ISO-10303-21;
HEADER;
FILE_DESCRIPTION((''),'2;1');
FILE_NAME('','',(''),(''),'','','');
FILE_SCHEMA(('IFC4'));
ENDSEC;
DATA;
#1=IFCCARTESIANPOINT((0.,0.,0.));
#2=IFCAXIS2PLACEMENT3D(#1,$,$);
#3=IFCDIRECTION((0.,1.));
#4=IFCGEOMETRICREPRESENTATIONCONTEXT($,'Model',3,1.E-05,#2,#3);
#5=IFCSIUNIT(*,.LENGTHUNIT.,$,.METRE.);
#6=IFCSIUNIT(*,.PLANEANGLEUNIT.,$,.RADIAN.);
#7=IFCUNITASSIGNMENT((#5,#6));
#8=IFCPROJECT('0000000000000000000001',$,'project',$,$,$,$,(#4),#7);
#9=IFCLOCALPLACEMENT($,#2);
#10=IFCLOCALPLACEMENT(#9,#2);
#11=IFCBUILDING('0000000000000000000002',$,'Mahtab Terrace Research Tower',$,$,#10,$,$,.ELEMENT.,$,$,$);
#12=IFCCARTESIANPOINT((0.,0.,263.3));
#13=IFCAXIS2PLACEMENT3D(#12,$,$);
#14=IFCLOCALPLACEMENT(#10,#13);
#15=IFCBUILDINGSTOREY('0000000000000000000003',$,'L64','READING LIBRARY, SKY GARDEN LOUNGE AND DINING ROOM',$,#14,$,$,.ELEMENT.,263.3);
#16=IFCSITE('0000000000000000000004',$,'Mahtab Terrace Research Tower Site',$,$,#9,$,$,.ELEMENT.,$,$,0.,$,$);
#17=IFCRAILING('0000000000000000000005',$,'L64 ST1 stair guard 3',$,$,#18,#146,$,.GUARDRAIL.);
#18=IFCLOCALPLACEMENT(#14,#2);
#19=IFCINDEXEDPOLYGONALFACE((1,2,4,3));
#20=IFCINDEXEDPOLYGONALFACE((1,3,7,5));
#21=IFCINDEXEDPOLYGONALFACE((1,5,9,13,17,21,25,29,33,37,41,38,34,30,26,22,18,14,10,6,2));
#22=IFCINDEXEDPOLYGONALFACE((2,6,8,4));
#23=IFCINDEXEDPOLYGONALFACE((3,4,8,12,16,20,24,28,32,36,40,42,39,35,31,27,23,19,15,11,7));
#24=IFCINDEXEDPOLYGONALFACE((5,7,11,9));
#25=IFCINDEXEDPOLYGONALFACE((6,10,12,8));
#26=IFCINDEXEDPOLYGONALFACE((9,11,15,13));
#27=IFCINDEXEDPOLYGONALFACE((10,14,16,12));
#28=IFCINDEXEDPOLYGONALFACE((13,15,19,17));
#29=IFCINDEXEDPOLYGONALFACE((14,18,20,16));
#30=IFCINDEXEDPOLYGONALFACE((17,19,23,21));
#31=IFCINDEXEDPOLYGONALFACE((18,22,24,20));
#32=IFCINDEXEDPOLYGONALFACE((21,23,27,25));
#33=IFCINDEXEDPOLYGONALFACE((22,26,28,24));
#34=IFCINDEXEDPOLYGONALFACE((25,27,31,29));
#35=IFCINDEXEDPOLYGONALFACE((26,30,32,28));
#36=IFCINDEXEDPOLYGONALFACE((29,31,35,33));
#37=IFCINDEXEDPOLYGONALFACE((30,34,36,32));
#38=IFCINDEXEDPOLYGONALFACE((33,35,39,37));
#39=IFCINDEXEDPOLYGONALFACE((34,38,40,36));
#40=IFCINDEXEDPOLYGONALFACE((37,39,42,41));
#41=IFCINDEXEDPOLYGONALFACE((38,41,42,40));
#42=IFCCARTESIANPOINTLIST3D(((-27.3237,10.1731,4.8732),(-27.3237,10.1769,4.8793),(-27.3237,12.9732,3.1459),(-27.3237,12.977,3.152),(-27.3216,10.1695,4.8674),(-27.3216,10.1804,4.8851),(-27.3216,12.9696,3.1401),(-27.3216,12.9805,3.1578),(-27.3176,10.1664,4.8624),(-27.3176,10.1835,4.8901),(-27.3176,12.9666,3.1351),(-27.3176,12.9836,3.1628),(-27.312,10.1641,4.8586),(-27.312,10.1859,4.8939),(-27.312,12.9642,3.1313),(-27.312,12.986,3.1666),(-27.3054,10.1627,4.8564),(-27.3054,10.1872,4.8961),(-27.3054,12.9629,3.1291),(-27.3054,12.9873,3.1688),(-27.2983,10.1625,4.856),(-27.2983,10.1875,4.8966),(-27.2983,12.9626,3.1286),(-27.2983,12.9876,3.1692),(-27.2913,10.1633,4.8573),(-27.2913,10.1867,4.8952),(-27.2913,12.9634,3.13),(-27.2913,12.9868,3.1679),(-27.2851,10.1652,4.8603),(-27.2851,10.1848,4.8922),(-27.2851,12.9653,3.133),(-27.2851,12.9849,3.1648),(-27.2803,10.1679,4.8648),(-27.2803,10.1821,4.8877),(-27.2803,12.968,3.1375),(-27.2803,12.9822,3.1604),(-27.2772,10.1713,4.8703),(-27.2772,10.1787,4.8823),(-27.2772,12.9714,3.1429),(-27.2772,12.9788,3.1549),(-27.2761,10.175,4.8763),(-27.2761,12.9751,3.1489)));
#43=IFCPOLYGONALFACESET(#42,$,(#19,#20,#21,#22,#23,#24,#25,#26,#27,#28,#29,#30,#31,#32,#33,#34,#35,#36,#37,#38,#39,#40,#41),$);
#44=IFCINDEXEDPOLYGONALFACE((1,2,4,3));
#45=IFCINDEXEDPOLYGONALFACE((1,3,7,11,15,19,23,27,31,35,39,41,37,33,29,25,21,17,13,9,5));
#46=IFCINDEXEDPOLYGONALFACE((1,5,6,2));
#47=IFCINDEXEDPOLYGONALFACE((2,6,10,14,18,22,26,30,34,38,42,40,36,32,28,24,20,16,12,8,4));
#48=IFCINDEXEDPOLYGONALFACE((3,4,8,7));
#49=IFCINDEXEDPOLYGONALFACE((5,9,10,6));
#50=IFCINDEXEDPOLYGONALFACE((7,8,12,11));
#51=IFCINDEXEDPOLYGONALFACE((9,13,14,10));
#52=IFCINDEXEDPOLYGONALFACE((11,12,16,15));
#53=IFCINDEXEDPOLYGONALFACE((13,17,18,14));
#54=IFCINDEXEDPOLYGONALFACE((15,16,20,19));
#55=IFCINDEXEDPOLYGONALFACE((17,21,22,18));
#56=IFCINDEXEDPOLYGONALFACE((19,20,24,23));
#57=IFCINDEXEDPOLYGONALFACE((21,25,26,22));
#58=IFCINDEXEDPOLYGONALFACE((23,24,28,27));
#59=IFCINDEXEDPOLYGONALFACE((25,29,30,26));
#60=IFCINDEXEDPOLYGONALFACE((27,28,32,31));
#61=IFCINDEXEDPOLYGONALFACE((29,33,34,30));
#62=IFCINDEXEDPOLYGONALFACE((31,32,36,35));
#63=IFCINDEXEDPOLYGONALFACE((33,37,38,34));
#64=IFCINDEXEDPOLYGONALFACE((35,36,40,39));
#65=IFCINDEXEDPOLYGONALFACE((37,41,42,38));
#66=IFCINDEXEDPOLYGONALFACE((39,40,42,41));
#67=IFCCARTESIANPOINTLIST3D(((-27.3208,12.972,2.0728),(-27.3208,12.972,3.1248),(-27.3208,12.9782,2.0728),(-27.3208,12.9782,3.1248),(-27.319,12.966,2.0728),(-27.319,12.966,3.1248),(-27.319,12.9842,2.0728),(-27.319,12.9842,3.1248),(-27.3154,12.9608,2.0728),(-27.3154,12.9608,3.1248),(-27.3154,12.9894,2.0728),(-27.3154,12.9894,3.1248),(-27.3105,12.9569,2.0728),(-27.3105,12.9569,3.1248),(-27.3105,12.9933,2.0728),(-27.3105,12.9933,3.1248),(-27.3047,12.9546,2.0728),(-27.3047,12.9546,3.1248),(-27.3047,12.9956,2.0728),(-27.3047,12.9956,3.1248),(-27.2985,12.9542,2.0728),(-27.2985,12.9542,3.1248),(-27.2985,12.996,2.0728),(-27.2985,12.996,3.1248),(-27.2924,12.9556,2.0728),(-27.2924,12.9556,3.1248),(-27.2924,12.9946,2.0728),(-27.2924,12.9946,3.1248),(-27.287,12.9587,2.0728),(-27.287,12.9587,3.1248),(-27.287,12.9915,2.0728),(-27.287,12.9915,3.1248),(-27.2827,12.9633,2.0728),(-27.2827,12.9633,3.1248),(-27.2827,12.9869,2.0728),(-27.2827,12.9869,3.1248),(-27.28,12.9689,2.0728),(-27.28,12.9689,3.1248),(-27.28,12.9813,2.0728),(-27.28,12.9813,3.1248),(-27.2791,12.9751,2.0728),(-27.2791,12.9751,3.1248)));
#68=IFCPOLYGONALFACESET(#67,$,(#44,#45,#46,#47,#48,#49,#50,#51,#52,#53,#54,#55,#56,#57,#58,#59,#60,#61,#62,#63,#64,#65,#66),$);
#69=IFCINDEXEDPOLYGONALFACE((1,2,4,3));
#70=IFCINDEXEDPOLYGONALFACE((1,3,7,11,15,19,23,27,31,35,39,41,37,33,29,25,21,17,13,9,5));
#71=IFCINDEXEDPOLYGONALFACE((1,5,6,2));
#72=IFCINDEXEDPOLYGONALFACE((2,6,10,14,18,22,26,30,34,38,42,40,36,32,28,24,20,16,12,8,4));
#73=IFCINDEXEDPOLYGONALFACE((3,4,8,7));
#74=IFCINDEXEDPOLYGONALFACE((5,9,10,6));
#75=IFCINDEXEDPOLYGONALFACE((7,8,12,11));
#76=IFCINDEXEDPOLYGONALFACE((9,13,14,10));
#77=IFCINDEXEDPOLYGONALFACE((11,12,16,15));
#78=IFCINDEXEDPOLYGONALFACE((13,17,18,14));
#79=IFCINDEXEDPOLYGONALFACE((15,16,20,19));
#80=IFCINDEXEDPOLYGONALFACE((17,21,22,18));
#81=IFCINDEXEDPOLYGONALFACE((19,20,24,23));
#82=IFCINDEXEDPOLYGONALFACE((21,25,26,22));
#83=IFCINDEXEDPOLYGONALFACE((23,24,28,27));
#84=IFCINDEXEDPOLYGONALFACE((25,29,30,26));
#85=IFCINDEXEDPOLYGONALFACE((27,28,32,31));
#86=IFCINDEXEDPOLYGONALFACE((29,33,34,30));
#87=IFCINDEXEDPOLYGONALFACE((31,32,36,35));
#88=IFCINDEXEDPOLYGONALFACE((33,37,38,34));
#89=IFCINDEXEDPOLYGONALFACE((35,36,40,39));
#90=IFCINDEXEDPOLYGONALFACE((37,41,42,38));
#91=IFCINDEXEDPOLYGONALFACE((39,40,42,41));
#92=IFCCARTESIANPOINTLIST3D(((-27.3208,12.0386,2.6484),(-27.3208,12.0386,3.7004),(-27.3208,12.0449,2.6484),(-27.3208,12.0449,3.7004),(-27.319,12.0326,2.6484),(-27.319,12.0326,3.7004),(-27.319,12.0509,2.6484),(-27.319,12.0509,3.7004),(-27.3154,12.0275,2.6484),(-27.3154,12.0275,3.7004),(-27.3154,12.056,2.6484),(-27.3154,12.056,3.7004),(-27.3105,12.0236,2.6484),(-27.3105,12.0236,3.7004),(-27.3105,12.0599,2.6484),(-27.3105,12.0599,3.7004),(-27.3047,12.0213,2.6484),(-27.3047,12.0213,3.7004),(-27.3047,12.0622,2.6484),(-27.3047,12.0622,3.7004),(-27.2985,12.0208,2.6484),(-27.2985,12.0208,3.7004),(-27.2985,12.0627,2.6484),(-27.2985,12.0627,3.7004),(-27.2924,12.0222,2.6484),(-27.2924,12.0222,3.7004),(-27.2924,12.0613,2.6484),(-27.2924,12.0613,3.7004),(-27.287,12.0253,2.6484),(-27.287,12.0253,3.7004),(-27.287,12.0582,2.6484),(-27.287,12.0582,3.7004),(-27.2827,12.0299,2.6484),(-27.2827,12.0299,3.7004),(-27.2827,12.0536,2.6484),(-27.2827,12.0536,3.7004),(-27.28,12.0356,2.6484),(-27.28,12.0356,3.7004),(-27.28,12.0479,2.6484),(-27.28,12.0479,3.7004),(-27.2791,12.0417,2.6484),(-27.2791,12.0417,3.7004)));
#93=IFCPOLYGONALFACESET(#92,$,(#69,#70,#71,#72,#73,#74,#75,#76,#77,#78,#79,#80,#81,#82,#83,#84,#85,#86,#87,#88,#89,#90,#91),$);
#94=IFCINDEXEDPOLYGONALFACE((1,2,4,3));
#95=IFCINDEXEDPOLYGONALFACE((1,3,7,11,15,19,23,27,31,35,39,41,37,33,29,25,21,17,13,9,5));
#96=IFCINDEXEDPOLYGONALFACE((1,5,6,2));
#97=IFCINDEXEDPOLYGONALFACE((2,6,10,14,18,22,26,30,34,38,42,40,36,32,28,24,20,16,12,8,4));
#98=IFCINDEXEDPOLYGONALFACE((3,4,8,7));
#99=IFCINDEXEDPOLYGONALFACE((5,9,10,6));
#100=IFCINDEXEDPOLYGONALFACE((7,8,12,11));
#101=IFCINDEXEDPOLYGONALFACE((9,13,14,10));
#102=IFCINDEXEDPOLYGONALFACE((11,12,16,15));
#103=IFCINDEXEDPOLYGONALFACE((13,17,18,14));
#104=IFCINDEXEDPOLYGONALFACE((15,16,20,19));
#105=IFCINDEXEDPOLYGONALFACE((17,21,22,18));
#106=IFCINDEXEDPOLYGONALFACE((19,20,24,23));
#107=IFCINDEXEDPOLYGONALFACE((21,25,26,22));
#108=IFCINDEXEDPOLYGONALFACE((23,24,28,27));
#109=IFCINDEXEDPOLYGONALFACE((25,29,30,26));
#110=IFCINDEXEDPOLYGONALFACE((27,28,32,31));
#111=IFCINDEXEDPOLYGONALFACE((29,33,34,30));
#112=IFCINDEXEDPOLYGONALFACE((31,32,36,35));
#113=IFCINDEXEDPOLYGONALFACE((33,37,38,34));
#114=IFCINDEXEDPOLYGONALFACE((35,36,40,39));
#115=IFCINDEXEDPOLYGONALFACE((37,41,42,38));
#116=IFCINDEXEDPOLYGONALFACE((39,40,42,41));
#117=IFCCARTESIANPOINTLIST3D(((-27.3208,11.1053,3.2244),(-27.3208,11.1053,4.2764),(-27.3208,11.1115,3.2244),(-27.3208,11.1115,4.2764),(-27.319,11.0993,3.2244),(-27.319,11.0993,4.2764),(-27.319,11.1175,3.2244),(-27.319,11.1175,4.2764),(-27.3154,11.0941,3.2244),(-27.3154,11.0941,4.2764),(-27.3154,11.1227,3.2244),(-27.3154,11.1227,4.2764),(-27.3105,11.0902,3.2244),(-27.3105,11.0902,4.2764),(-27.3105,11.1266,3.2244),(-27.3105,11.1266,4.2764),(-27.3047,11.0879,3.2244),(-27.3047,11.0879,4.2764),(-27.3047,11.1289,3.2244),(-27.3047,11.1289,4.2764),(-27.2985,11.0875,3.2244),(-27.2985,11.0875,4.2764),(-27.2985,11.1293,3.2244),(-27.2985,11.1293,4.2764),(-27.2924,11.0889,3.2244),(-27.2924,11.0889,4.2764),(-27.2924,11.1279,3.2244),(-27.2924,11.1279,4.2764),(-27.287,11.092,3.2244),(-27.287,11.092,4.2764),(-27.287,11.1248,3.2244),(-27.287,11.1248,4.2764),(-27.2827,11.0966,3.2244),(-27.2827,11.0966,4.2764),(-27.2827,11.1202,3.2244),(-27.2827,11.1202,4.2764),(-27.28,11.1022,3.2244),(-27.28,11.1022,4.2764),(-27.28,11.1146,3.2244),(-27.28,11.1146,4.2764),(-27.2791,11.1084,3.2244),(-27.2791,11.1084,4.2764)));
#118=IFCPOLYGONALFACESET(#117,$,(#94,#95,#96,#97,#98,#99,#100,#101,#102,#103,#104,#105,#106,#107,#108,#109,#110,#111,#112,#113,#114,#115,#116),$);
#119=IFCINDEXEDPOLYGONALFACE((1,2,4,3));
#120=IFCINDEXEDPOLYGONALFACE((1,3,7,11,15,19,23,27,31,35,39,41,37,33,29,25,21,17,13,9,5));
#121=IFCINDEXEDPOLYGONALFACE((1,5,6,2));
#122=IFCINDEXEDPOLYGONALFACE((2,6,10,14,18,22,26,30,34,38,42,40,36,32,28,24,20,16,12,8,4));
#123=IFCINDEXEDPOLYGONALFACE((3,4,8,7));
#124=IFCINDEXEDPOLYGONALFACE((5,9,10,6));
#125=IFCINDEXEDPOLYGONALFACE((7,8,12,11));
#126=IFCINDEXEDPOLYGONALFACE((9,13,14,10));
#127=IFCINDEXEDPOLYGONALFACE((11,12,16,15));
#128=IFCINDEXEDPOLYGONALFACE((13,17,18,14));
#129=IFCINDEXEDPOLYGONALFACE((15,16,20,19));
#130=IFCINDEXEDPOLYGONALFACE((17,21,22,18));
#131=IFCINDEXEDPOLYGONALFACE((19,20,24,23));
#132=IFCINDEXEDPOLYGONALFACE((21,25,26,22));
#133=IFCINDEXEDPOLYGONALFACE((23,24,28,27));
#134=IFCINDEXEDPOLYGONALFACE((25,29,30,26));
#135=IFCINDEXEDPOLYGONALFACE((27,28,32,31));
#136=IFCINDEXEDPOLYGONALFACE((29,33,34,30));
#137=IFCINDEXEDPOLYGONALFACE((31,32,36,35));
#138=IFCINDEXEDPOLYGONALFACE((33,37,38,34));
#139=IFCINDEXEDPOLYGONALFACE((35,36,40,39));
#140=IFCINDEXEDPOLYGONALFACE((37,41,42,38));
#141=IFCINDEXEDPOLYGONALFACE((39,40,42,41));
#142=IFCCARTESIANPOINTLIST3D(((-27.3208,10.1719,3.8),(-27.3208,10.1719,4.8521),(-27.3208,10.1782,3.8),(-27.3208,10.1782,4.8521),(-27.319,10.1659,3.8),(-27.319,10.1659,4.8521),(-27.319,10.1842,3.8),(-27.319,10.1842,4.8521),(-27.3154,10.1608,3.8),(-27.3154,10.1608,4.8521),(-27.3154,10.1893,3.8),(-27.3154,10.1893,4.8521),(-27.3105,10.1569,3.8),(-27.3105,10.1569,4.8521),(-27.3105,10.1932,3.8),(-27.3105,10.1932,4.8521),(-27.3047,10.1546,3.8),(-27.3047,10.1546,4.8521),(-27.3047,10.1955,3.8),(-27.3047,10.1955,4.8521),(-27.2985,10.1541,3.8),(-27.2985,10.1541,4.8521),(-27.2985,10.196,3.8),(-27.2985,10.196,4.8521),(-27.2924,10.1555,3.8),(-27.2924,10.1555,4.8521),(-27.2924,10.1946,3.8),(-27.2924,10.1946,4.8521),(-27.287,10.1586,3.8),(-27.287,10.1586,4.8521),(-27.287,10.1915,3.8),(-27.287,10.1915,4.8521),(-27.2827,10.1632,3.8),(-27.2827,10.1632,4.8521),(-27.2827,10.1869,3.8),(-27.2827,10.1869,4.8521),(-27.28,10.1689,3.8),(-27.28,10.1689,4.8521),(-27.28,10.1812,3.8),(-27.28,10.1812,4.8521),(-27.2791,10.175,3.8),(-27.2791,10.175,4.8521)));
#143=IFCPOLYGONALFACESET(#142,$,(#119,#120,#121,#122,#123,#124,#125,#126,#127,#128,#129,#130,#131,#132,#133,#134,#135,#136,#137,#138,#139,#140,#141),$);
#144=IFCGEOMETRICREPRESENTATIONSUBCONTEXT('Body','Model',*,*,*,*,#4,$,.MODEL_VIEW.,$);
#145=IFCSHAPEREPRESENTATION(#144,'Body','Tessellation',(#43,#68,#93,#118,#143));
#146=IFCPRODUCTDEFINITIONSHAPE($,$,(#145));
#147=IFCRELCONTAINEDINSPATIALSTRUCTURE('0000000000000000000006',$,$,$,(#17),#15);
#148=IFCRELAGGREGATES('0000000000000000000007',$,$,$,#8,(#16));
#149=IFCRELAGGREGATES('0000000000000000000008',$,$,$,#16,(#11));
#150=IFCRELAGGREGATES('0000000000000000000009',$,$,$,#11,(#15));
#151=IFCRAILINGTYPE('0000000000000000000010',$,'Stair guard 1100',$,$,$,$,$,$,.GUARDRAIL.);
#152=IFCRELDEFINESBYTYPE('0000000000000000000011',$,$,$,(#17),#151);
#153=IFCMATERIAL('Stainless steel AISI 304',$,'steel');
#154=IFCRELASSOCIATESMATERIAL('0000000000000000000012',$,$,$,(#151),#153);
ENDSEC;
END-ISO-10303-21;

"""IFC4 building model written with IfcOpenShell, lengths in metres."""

from ifc_helpers import new_model, si_unit, direction, frame, origin, origin_2d, place, context, subcontext, project, spatial, circle, extrude, material, type_object, element, save


model = new_model("IFC4")

# Units and contexts
model_context = context("Model", 3, precision=1e-05, world=origin(), true_north=direction((0.0, 1.0)))
body_context = subcontext(model_context, "Body", "Model", "MODEL_VIEW")
ifc_project = project(units=[si_unit("LENGTHUNIT", "METRE"), si_unit("PLANEANGLEUNIT", "RADIAN")], contexts=[model_context])

# Site, building, storey
site_placement = place(None, origin())
site = spatial("IfcSite", under=ifc_project, at=site_placement, Name="Mahtab Terrace Research Tower Site", CompositionType="ELEMENT", RefElevation=0.0)
building_placement = place(site_placement, origin())
building = spatial("IfcBuilding", under=site, at=building_placement, Name="Mahtab Terrace Research Tower", CompositionType="ELEMENT")
storey_placement = place(building_placement, frame((0.0, 0.0, 263.3)))
storey = spatial("IfcBuildingStorey", under=building, at=storey_placement, Name="L64", Description="READING LIBRARY, SKY GARDEN LOUNGE AND DINING ROOM", CompositionType="ELEMENT", Elevation=263.3)

# Railing
ifc_material_1 = material(Name="Stainless steel AISI 304", Category="steel")
railing_type_1 = type_object("IfcRailingType", Name="Stair guard 1100", PredefinedType="GUARDRAIL", material=ifc_material_1)
railing_1_placement = place(storey_placement, frame((-27.3, 12.9751, 2.0728)))
element("IfcRailing", 1, at=railing_1_placement, inside=storey, type_object=railing_type_1, Name="L64 ST1 stair guard 3", PredefinedType="GUARDRAIL", context=body_context, shape_type="SweptSolid", body=[
    extrude(circle(Radius=0.0239, at=origin_2d()), frame((0.0, 0.0, 1.0762), z_axis=(0.0, -0.85109, 0.52502), x_axis=(1.0, 0.0, 0.0)), (0.0, 0.0, 1.0), 3.29),
    extrude(circle(Radius=0.021, at=origin_2d()), origin(), (0.0, 0.0, 1.0), 1.052),
    extrude(circle(Radius=0.021, at=origin_2d()), frame((0.0, -0.9333, 0.5757)), (0.0, 0.0, 1.0), 1.052),
    extrude(circle(Radius=0.021, at=origin_2d()), frame((0.0, -1.8667, 1.1516)), (0.0, 0.0, 1.0), 1.052),
    extrude(circle(Radius=0.021, at=origin_2d()), frame((0.0, -2.8, 1.7273)), (0.0, 0.0, 1.0), 1.052),
])

save(model, "model.ifc")
